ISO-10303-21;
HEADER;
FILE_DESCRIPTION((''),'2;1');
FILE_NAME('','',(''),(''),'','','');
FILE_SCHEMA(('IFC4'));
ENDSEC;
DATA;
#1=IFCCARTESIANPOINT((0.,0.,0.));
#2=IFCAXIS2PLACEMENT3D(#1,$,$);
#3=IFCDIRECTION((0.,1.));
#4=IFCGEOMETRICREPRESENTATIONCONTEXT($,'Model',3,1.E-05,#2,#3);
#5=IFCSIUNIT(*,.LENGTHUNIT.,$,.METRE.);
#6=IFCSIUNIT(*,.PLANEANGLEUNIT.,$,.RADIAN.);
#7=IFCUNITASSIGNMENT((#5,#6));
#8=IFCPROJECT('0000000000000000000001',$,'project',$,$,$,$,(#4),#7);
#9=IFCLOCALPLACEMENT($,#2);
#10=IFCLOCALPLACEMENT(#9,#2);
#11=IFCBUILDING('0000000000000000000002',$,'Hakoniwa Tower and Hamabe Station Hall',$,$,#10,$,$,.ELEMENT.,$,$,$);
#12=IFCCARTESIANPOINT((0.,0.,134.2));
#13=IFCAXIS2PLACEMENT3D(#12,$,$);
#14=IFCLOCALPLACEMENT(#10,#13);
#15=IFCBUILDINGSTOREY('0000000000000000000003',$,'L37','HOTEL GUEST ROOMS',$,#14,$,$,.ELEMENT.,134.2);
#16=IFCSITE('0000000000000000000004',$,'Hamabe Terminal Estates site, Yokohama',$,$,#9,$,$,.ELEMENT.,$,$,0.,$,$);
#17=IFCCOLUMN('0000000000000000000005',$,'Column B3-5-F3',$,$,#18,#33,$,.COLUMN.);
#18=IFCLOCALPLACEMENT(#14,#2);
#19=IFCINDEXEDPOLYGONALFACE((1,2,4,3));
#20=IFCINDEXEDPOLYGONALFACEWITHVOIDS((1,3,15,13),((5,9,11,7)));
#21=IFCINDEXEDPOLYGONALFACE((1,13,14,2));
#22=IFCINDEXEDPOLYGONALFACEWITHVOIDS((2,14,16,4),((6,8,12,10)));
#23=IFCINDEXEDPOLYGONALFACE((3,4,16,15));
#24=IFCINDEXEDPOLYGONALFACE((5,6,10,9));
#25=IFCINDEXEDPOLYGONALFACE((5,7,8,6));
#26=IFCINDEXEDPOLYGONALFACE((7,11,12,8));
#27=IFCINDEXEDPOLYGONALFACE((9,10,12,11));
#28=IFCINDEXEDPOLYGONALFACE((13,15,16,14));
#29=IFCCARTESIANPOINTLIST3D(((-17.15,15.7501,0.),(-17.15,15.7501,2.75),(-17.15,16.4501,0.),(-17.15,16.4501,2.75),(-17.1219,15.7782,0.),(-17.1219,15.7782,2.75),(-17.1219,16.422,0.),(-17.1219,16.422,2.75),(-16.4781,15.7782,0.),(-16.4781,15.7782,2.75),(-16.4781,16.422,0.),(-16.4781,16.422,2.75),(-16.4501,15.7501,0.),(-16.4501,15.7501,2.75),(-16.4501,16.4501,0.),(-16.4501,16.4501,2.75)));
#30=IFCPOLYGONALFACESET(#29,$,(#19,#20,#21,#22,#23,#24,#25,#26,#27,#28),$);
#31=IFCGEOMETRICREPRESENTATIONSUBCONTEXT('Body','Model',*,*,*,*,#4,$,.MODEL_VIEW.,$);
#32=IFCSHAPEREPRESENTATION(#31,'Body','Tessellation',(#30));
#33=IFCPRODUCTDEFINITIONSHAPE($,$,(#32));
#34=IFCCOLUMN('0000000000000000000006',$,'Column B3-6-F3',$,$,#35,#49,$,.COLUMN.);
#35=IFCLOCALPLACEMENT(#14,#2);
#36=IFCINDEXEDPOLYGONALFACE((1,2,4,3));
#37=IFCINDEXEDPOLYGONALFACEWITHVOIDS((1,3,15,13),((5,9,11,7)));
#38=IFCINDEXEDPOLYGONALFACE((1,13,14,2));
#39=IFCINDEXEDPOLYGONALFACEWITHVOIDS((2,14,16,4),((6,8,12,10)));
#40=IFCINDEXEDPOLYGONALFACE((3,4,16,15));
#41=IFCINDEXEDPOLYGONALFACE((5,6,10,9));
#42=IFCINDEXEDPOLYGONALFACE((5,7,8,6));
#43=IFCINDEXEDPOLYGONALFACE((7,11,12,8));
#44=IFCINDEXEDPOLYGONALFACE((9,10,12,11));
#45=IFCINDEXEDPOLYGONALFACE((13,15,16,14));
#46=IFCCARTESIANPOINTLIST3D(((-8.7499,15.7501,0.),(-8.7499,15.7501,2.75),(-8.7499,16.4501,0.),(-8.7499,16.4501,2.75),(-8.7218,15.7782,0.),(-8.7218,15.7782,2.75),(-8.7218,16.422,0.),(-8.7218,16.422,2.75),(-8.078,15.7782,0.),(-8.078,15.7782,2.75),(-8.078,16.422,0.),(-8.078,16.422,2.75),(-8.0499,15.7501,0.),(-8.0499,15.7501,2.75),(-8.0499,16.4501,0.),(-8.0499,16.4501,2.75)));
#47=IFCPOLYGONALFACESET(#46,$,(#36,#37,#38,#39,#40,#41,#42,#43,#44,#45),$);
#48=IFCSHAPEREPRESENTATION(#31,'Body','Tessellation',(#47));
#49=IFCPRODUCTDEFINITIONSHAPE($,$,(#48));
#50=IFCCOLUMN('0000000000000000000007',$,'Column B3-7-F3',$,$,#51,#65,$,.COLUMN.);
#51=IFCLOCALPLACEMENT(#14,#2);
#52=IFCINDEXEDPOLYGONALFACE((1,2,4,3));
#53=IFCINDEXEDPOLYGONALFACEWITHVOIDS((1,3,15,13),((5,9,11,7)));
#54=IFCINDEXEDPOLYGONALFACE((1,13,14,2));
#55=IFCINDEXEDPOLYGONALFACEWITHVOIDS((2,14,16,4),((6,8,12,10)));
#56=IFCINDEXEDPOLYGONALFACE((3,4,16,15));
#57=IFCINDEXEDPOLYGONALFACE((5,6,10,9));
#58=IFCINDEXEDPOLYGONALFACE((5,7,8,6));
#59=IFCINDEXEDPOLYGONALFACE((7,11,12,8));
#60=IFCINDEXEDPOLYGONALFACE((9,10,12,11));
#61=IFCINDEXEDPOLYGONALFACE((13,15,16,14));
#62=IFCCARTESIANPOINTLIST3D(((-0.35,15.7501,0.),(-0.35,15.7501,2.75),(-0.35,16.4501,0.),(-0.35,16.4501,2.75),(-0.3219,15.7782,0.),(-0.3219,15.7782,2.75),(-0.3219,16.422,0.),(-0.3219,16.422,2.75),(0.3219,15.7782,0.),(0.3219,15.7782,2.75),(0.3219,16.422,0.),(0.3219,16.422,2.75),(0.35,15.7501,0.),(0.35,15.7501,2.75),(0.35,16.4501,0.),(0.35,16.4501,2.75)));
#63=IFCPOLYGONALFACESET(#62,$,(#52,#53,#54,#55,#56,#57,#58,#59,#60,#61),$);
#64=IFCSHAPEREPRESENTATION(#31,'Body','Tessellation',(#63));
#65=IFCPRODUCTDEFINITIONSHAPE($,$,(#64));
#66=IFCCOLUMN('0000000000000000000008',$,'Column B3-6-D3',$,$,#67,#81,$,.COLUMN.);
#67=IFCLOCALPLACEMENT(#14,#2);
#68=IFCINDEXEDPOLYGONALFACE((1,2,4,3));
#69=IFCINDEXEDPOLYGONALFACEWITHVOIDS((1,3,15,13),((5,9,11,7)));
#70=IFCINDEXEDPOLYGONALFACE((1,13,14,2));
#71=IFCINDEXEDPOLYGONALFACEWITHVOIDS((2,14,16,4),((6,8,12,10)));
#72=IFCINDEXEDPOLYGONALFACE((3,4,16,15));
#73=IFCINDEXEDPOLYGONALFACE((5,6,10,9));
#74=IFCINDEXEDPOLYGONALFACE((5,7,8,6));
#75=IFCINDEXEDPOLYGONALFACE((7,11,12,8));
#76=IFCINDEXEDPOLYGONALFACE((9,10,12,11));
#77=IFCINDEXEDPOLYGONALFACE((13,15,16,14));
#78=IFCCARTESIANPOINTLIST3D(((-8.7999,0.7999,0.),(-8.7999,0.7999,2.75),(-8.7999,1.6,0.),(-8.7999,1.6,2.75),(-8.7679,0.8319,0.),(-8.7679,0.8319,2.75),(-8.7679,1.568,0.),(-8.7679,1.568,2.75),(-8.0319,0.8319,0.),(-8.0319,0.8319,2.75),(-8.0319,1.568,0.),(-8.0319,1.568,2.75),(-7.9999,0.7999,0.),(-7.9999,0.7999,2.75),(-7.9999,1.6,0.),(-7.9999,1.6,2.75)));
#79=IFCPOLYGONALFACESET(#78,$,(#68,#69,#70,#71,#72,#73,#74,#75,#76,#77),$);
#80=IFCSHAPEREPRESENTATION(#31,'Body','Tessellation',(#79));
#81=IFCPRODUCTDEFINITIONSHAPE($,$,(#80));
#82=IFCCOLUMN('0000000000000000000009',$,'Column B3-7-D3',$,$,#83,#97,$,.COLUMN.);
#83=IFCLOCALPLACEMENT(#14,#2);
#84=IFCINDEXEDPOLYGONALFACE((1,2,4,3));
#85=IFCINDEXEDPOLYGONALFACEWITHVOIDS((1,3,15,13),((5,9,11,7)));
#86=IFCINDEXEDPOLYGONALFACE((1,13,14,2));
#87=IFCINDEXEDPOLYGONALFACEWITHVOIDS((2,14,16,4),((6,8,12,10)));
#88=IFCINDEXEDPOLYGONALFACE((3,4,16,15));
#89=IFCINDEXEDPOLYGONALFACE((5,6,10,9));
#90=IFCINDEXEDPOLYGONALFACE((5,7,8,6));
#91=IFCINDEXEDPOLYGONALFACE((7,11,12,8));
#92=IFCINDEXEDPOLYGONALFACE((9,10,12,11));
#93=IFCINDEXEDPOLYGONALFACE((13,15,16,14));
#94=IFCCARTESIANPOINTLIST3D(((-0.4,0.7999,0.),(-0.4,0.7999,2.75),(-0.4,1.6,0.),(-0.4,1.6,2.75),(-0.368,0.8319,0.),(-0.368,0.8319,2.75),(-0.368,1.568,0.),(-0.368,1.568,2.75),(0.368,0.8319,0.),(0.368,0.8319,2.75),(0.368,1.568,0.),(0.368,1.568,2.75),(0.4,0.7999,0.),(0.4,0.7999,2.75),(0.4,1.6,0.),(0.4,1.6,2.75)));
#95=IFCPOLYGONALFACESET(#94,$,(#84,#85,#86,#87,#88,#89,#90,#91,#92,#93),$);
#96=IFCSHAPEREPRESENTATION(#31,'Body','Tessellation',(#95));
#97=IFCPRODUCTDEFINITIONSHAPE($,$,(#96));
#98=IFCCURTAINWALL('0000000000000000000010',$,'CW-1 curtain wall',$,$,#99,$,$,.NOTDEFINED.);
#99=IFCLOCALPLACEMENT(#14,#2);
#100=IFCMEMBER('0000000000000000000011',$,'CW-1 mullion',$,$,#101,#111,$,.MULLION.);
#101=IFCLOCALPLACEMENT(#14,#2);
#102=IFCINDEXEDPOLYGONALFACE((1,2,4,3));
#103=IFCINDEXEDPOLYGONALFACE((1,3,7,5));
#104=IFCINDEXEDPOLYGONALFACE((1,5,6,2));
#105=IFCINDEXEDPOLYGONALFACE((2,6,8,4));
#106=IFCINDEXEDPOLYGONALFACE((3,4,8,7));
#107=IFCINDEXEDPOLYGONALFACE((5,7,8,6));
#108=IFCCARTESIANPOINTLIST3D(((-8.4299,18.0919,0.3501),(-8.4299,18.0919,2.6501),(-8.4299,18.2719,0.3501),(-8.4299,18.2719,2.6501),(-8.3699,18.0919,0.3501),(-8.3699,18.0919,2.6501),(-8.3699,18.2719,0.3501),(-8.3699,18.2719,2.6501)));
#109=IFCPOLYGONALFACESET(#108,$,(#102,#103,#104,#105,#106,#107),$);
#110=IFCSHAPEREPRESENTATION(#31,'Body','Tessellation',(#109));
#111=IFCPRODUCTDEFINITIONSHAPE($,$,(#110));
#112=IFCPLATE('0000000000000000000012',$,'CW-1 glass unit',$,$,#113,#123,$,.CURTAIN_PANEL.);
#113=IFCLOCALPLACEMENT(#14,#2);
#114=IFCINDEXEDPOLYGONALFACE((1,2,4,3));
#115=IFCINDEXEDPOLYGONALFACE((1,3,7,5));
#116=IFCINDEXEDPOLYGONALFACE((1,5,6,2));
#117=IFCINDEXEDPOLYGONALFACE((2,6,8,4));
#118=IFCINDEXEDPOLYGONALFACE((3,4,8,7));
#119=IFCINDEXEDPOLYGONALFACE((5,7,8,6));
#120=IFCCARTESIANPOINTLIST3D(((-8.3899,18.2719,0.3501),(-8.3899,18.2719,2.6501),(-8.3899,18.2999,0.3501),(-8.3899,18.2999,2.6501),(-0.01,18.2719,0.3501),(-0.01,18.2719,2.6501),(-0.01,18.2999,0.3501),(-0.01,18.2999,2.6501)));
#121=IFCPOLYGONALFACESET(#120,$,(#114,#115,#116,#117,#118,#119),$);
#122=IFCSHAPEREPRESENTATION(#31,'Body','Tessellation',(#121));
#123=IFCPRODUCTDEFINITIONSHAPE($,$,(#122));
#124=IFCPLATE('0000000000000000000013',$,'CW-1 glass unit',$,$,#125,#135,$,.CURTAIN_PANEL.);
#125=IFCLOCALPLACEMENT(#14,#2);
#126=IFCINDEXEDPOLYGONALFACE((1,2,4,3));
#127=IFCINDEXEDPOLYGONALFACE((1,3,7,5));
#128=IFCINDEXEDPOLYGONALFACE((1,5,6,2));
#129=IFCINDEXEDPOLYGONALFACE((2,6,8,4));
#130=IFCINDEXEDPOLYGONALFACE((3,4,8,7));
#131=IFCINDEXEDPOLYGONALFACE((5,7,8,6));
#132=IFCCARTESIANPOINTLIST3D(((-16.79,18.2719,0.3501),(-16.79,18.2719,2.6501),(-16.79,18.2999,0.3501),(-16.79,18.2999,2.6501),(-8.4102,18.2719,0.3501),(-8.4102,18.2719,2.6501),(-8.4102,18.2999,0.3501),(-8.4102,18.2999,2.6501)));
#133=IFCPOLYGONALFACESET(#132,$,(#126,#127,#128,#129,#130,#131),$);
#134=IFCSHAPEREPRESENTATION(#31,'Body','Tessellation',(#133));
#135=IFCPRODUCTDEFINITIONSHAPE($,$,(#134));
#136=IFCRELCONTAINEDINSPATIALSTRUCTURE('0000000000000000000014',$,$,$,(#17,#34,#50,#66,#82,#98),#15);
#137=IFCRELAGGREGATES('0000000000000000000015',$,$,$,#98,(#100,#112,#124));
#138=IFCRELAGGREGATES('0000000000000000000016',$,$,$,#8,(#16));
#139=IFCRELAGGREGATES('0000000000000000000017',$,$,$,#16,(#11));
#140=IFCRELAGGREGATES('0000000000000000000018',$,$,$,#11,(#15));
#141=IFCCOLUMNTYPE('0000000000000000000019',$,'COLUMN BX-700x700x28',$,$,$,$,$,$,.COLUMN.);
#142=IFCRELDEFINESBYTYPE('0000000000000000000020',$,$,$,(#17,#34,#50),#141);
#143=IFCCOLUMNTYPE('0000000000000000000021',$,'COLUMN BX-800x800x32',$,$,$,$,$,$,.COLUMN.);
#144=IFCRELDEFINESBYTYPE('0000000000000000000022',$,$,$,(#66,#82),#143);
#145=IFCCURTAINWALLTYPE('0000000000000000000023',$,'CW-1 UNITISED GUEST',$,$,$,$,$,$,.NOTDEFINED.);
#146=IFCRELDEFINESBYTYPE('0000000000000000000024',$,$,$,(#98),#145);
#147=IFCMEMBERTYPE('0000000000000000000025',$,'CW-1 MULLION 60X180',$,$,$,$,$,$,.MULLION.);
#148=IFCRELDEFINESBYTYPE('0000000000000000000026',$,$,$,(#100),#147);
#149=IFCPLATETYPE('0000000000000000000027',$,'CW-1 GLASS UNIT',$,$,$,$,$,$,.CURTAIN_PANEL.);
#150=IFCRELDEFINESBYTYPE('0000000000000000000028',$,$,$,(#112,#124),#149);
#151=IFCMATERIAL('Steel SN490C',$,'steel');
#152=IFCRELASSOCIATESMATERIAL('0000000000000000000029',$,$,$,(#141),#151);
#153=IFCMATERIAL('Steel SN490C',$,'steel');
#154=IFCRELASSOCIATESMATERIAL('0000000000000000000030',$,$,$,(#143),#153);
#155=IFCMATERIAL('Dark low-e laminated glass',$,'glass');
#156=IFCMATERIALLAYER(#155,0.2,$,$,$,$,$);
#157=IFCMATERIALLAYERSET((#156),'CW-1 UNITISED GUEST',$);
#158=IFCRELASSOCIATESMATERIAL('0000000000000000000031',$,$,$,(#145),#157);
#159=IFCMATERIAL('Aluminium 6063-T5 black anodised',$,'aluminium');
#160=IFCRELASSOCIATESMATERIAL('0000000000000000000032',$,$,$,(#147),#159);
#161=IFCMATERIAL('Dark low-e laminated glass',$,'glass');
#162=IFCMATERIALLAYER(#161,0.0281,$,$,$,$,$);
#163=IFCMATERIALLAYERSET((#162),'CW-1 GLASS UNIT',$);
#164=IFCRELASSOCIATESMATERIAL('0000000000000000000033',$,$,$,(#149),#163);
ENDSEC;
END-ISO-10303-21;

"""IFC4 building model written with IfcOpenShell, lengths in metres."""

from ifc_helpers import new_model, si_unit, direction, frame, origin, origin_2d, place, context, subcontext, project, spatial, rectangle, hollow_rectangle, extrude, material, layer, layer_set, material_profile, profile_set, type_object, element, aggregate, save


model = new_model("IFC4")

# Units and contexts
model_context = context("Model", 3, precision=1e-05, world=origin(), true_north=direction((0.0, 1.0)))
body_context = subcontext(model_context, "Body", "Model", "MODEL_VIEW")
ifc_project = project(units=[si_unit("LENGTHUNIT", "METRE"), si_unit("PLANEANGLEUNIT", "RADIAN")], contexts=[model_context])

# Site, building, storey
site_placement = place(None, origin())
site = spatial("IfcSite", under=ifc_project, at=site_placement, Name="Hamabe Terminal Estates site, Yokohama", CompositionType="ELEMENT", RefElevation=0.0)
building_placement = place(site_placement, origin())
building = spatial("IfcBuilding", under=site, at=building_placement, Name="Hakoniwa Tower and Hamabe Station Hall", CompositionType="ELEMENT")
storey_placement = place(building_placement, frame((0.0, 0.0, 134.2)))
storey = spatial("IfcBuildingStorey", under=building, at=storey_placement, Name="L37", Description="HOTEL GUEST ROOMS", CompositionType="ELEMENT", Elevation=134.2)

# Columns
ifc_material_1 = material(Name="Steel SN490C", Category="steel")
ifc_material_profile_1 = material_profile(ifc_material_1, hollow_rectangle(XDim=0.7, YDim=0.7, WallThickness=0.0281, at=origin_2d()), Name="BX-700x700x28")
ifc_profile_set_1 = profile_set([ifc_material_profile_1], Name="Steel SN490C")
column_type_1 = type_object("IfcColumnType", Name="COLUMN BX-700x700x28", PredefinedType="COLUMN", material=ifc_profile_set_1)
for number, where, z_axis, x_axis, name in (
    (1, (-16.8, 16.1001, 0.0), (0.0, 0.0, 1.0), (1.0, 0.0, 0.0), "Column B3-5-F3"),
    (2, (-8.3999, 16.1001, 0.0), (0.0, 0.0, 1.0), (1.0, 0.0, 0.0), "Column B3-6-F3"),
    (3, (0.0, 16.1001, 0.0), (0.0, 0.0, 1.0), (1.0, 0.0, 0.0), "Column B3-7-F3"),
):
    element("IfcColumn", number, at=place(storey_placement, frame(where, z_axis=z_axis, x_axis=x_axis)), inside=storey, type_object=column_type_1, Name=name, PredefinedType="COLUMN", context=body_context, shape_type="SweptSolid", body=[
        extrude(hollow_rectangle(XDim=0.7, YDim=0.7, WallThickness=0.0281, at=origin_2d()), origin(), (0.0, 0.0, 1.0), 2.75),
    ])
ifc_material_2 = material(Name="Steel SN490C", Category="steel")
ifc_material_profile_2 = material_profile(ifc_material_2, hollow_rectangle(XDim=0.8, YDim=0.8, WallThickness=0.032, at=origin_2d()), Name="BX-800x800x32")
ifc_profile_set_2 = profile_set([ifc_material_profile_2], Name="Steel SN490C")
column_type_2 = type_object("IfcColumnType", Name="COLUMN BX-800x800x32", PredefinedType="COLUMN", material=ifc_profile_set_2)
for number, where, z_axis, x_axis, name in (
    (4, (-8.3999, 1.2, 0.0), (0.0, 0.0, 1.0), (1.0, 0.0, 0.0), "Column B3-6-D3"),
    (5, (0.0, 1.2, 0.0), (0.0, 0.0, 1.0), (1.0, 0.0, 0.0), "Column B3-7-D3"),
):
    element("IfcColumn", number, at=place(storey_placement, frame(where, z_axis=z_axis, x_axis=x_axis)), inside=storey, type_object=column_type_2, Name=name, PredefinedType="COLUMN", context=body_context, shape_type="SweptSolid", body=[
        extrude(hollow_rectangle(XDim=0.8, YDim=0.8, WallThickness=0.032, at=origin_2d()), origin(), (0.0, 0.0, 1.0), 2.75),
    ])

# Curtain wall, member, plates
ifc_material_3 = material(Name="Dark low-e laminated glass", Category="glass")
ifc_layer_1 = layer(ifc_material_3, 0.2)
ifc_layer_set_1 = layer_set([ifc_layer_1], Name="CW-1 UNITISED GUEST")
curtain_wall_type = type_object("IfcCurtainWallType", Name="CW-1 UNITISED GUEST", PredefinedType="NOTDEFINED", material=ifc_layer_set_1)
curtain_wall_placement = place(storey_placement, origin())
curtain_wall = element("IfcCurtainWall", 6, at=curtain_wall_placement, inside=storey, type_object=curtain_wall_type, Name="CW-1 curtain wall", PredefinedType="NOTDEFINED")
ifc_material_4 = material(Name="Aluminium 6063-T5 black anodised", Category="aluminium")
ifc_material_profile_3 = material_profile(ifc_material_4, rectangle(XDim=0.0601, YDim=0.1799, at=origin_2d()), Name="CW-1 MULLION 60X180")
ifc_profile_set_3 = profile_set([ifc_material_profile_3], Name="Aluminium 6063-T5 black anodised")
member_type = type_object("IfcMemberType", Name="CW-1 MULLION 60X180", PredefinedType="MULLION", material=ifc_profile_set_3)
member_placement = place(storey_placement, frame((-8.3999, 18.1819, 0.3501), z_axis=(0.0, 0.0, 1.0), x_axis=(-1.0, 0.0, 0.0)))
member = element("IfcMember", 7, at=member_placement, type_object=member_type, Name="CW-1 mullion", PredefinedType="MULLION", context=body_context, shape_type="SweptSolid", body=[
    extrude(rectangle(XDim=0.0601, YDim=0.1799, at=origin_2d()), origin(), (0.0, 0.0, 1.0), 2.3),
])
ifc_material_5 = material(Name="Dark low-e laminated glass", Category="glass")
ifc_layer_2 = layer(ifc_material_5, 0.0281)
ifc_layer_set_2 = layer_set([ifc_layer_2], Name="CW-1 GLASS UNIT")
plate_type = type_object("IfcPlateType", Name="CW-1 GLASS UNIT", PredefinedType="CURTAIN_PANEL", material=ifc_layer_set_2)
plate_1_placement = place(storey_placement, frame((-4.2, 18.2859, 0.3501), z_axis=(0.0, 0.0, 1.0), x_axis=(-1.0, 0.0, 0.0)))
plate_1 = element("IfcPlate", 8, at=plate_1_placement, type_object=plate_type, Name="CW-1 glass unit", PredefinedType="CURTAIN_PANEL", context=body_context, shape_type="SweptSolid", body=[
    extrude(rectangle(XDim=8.3799, YDim=0.0281, at=origin_2d()), origin(), (0.0, 0.0, 1.0), 2.3),
])
plate_2_placement = place(storey_placement, frame((-12.6001, 18.2859, 0.3501), z_axis=(0.0, 0.0, 1.0), x_axis=(-1.0, 0.0, 0.0)))
plate_2 = element("IfcPlate", 9, at=plate_2_placement, type_object=plate_type, Name="CW-1 glass unit", PredefinedType="CURTAIN_PANEL", context=body_context, shape_type="SweptSolid", body=[
    extrude(rectangle(XDim=8.3799, YDim=0.0281, at=origin_2d()), origin(), (0.0, 0.0, 1.0), 2.3),
])
aggregate(curtain_wall, [member, plate_1, plate_2])

save(model, "model.ifc")
